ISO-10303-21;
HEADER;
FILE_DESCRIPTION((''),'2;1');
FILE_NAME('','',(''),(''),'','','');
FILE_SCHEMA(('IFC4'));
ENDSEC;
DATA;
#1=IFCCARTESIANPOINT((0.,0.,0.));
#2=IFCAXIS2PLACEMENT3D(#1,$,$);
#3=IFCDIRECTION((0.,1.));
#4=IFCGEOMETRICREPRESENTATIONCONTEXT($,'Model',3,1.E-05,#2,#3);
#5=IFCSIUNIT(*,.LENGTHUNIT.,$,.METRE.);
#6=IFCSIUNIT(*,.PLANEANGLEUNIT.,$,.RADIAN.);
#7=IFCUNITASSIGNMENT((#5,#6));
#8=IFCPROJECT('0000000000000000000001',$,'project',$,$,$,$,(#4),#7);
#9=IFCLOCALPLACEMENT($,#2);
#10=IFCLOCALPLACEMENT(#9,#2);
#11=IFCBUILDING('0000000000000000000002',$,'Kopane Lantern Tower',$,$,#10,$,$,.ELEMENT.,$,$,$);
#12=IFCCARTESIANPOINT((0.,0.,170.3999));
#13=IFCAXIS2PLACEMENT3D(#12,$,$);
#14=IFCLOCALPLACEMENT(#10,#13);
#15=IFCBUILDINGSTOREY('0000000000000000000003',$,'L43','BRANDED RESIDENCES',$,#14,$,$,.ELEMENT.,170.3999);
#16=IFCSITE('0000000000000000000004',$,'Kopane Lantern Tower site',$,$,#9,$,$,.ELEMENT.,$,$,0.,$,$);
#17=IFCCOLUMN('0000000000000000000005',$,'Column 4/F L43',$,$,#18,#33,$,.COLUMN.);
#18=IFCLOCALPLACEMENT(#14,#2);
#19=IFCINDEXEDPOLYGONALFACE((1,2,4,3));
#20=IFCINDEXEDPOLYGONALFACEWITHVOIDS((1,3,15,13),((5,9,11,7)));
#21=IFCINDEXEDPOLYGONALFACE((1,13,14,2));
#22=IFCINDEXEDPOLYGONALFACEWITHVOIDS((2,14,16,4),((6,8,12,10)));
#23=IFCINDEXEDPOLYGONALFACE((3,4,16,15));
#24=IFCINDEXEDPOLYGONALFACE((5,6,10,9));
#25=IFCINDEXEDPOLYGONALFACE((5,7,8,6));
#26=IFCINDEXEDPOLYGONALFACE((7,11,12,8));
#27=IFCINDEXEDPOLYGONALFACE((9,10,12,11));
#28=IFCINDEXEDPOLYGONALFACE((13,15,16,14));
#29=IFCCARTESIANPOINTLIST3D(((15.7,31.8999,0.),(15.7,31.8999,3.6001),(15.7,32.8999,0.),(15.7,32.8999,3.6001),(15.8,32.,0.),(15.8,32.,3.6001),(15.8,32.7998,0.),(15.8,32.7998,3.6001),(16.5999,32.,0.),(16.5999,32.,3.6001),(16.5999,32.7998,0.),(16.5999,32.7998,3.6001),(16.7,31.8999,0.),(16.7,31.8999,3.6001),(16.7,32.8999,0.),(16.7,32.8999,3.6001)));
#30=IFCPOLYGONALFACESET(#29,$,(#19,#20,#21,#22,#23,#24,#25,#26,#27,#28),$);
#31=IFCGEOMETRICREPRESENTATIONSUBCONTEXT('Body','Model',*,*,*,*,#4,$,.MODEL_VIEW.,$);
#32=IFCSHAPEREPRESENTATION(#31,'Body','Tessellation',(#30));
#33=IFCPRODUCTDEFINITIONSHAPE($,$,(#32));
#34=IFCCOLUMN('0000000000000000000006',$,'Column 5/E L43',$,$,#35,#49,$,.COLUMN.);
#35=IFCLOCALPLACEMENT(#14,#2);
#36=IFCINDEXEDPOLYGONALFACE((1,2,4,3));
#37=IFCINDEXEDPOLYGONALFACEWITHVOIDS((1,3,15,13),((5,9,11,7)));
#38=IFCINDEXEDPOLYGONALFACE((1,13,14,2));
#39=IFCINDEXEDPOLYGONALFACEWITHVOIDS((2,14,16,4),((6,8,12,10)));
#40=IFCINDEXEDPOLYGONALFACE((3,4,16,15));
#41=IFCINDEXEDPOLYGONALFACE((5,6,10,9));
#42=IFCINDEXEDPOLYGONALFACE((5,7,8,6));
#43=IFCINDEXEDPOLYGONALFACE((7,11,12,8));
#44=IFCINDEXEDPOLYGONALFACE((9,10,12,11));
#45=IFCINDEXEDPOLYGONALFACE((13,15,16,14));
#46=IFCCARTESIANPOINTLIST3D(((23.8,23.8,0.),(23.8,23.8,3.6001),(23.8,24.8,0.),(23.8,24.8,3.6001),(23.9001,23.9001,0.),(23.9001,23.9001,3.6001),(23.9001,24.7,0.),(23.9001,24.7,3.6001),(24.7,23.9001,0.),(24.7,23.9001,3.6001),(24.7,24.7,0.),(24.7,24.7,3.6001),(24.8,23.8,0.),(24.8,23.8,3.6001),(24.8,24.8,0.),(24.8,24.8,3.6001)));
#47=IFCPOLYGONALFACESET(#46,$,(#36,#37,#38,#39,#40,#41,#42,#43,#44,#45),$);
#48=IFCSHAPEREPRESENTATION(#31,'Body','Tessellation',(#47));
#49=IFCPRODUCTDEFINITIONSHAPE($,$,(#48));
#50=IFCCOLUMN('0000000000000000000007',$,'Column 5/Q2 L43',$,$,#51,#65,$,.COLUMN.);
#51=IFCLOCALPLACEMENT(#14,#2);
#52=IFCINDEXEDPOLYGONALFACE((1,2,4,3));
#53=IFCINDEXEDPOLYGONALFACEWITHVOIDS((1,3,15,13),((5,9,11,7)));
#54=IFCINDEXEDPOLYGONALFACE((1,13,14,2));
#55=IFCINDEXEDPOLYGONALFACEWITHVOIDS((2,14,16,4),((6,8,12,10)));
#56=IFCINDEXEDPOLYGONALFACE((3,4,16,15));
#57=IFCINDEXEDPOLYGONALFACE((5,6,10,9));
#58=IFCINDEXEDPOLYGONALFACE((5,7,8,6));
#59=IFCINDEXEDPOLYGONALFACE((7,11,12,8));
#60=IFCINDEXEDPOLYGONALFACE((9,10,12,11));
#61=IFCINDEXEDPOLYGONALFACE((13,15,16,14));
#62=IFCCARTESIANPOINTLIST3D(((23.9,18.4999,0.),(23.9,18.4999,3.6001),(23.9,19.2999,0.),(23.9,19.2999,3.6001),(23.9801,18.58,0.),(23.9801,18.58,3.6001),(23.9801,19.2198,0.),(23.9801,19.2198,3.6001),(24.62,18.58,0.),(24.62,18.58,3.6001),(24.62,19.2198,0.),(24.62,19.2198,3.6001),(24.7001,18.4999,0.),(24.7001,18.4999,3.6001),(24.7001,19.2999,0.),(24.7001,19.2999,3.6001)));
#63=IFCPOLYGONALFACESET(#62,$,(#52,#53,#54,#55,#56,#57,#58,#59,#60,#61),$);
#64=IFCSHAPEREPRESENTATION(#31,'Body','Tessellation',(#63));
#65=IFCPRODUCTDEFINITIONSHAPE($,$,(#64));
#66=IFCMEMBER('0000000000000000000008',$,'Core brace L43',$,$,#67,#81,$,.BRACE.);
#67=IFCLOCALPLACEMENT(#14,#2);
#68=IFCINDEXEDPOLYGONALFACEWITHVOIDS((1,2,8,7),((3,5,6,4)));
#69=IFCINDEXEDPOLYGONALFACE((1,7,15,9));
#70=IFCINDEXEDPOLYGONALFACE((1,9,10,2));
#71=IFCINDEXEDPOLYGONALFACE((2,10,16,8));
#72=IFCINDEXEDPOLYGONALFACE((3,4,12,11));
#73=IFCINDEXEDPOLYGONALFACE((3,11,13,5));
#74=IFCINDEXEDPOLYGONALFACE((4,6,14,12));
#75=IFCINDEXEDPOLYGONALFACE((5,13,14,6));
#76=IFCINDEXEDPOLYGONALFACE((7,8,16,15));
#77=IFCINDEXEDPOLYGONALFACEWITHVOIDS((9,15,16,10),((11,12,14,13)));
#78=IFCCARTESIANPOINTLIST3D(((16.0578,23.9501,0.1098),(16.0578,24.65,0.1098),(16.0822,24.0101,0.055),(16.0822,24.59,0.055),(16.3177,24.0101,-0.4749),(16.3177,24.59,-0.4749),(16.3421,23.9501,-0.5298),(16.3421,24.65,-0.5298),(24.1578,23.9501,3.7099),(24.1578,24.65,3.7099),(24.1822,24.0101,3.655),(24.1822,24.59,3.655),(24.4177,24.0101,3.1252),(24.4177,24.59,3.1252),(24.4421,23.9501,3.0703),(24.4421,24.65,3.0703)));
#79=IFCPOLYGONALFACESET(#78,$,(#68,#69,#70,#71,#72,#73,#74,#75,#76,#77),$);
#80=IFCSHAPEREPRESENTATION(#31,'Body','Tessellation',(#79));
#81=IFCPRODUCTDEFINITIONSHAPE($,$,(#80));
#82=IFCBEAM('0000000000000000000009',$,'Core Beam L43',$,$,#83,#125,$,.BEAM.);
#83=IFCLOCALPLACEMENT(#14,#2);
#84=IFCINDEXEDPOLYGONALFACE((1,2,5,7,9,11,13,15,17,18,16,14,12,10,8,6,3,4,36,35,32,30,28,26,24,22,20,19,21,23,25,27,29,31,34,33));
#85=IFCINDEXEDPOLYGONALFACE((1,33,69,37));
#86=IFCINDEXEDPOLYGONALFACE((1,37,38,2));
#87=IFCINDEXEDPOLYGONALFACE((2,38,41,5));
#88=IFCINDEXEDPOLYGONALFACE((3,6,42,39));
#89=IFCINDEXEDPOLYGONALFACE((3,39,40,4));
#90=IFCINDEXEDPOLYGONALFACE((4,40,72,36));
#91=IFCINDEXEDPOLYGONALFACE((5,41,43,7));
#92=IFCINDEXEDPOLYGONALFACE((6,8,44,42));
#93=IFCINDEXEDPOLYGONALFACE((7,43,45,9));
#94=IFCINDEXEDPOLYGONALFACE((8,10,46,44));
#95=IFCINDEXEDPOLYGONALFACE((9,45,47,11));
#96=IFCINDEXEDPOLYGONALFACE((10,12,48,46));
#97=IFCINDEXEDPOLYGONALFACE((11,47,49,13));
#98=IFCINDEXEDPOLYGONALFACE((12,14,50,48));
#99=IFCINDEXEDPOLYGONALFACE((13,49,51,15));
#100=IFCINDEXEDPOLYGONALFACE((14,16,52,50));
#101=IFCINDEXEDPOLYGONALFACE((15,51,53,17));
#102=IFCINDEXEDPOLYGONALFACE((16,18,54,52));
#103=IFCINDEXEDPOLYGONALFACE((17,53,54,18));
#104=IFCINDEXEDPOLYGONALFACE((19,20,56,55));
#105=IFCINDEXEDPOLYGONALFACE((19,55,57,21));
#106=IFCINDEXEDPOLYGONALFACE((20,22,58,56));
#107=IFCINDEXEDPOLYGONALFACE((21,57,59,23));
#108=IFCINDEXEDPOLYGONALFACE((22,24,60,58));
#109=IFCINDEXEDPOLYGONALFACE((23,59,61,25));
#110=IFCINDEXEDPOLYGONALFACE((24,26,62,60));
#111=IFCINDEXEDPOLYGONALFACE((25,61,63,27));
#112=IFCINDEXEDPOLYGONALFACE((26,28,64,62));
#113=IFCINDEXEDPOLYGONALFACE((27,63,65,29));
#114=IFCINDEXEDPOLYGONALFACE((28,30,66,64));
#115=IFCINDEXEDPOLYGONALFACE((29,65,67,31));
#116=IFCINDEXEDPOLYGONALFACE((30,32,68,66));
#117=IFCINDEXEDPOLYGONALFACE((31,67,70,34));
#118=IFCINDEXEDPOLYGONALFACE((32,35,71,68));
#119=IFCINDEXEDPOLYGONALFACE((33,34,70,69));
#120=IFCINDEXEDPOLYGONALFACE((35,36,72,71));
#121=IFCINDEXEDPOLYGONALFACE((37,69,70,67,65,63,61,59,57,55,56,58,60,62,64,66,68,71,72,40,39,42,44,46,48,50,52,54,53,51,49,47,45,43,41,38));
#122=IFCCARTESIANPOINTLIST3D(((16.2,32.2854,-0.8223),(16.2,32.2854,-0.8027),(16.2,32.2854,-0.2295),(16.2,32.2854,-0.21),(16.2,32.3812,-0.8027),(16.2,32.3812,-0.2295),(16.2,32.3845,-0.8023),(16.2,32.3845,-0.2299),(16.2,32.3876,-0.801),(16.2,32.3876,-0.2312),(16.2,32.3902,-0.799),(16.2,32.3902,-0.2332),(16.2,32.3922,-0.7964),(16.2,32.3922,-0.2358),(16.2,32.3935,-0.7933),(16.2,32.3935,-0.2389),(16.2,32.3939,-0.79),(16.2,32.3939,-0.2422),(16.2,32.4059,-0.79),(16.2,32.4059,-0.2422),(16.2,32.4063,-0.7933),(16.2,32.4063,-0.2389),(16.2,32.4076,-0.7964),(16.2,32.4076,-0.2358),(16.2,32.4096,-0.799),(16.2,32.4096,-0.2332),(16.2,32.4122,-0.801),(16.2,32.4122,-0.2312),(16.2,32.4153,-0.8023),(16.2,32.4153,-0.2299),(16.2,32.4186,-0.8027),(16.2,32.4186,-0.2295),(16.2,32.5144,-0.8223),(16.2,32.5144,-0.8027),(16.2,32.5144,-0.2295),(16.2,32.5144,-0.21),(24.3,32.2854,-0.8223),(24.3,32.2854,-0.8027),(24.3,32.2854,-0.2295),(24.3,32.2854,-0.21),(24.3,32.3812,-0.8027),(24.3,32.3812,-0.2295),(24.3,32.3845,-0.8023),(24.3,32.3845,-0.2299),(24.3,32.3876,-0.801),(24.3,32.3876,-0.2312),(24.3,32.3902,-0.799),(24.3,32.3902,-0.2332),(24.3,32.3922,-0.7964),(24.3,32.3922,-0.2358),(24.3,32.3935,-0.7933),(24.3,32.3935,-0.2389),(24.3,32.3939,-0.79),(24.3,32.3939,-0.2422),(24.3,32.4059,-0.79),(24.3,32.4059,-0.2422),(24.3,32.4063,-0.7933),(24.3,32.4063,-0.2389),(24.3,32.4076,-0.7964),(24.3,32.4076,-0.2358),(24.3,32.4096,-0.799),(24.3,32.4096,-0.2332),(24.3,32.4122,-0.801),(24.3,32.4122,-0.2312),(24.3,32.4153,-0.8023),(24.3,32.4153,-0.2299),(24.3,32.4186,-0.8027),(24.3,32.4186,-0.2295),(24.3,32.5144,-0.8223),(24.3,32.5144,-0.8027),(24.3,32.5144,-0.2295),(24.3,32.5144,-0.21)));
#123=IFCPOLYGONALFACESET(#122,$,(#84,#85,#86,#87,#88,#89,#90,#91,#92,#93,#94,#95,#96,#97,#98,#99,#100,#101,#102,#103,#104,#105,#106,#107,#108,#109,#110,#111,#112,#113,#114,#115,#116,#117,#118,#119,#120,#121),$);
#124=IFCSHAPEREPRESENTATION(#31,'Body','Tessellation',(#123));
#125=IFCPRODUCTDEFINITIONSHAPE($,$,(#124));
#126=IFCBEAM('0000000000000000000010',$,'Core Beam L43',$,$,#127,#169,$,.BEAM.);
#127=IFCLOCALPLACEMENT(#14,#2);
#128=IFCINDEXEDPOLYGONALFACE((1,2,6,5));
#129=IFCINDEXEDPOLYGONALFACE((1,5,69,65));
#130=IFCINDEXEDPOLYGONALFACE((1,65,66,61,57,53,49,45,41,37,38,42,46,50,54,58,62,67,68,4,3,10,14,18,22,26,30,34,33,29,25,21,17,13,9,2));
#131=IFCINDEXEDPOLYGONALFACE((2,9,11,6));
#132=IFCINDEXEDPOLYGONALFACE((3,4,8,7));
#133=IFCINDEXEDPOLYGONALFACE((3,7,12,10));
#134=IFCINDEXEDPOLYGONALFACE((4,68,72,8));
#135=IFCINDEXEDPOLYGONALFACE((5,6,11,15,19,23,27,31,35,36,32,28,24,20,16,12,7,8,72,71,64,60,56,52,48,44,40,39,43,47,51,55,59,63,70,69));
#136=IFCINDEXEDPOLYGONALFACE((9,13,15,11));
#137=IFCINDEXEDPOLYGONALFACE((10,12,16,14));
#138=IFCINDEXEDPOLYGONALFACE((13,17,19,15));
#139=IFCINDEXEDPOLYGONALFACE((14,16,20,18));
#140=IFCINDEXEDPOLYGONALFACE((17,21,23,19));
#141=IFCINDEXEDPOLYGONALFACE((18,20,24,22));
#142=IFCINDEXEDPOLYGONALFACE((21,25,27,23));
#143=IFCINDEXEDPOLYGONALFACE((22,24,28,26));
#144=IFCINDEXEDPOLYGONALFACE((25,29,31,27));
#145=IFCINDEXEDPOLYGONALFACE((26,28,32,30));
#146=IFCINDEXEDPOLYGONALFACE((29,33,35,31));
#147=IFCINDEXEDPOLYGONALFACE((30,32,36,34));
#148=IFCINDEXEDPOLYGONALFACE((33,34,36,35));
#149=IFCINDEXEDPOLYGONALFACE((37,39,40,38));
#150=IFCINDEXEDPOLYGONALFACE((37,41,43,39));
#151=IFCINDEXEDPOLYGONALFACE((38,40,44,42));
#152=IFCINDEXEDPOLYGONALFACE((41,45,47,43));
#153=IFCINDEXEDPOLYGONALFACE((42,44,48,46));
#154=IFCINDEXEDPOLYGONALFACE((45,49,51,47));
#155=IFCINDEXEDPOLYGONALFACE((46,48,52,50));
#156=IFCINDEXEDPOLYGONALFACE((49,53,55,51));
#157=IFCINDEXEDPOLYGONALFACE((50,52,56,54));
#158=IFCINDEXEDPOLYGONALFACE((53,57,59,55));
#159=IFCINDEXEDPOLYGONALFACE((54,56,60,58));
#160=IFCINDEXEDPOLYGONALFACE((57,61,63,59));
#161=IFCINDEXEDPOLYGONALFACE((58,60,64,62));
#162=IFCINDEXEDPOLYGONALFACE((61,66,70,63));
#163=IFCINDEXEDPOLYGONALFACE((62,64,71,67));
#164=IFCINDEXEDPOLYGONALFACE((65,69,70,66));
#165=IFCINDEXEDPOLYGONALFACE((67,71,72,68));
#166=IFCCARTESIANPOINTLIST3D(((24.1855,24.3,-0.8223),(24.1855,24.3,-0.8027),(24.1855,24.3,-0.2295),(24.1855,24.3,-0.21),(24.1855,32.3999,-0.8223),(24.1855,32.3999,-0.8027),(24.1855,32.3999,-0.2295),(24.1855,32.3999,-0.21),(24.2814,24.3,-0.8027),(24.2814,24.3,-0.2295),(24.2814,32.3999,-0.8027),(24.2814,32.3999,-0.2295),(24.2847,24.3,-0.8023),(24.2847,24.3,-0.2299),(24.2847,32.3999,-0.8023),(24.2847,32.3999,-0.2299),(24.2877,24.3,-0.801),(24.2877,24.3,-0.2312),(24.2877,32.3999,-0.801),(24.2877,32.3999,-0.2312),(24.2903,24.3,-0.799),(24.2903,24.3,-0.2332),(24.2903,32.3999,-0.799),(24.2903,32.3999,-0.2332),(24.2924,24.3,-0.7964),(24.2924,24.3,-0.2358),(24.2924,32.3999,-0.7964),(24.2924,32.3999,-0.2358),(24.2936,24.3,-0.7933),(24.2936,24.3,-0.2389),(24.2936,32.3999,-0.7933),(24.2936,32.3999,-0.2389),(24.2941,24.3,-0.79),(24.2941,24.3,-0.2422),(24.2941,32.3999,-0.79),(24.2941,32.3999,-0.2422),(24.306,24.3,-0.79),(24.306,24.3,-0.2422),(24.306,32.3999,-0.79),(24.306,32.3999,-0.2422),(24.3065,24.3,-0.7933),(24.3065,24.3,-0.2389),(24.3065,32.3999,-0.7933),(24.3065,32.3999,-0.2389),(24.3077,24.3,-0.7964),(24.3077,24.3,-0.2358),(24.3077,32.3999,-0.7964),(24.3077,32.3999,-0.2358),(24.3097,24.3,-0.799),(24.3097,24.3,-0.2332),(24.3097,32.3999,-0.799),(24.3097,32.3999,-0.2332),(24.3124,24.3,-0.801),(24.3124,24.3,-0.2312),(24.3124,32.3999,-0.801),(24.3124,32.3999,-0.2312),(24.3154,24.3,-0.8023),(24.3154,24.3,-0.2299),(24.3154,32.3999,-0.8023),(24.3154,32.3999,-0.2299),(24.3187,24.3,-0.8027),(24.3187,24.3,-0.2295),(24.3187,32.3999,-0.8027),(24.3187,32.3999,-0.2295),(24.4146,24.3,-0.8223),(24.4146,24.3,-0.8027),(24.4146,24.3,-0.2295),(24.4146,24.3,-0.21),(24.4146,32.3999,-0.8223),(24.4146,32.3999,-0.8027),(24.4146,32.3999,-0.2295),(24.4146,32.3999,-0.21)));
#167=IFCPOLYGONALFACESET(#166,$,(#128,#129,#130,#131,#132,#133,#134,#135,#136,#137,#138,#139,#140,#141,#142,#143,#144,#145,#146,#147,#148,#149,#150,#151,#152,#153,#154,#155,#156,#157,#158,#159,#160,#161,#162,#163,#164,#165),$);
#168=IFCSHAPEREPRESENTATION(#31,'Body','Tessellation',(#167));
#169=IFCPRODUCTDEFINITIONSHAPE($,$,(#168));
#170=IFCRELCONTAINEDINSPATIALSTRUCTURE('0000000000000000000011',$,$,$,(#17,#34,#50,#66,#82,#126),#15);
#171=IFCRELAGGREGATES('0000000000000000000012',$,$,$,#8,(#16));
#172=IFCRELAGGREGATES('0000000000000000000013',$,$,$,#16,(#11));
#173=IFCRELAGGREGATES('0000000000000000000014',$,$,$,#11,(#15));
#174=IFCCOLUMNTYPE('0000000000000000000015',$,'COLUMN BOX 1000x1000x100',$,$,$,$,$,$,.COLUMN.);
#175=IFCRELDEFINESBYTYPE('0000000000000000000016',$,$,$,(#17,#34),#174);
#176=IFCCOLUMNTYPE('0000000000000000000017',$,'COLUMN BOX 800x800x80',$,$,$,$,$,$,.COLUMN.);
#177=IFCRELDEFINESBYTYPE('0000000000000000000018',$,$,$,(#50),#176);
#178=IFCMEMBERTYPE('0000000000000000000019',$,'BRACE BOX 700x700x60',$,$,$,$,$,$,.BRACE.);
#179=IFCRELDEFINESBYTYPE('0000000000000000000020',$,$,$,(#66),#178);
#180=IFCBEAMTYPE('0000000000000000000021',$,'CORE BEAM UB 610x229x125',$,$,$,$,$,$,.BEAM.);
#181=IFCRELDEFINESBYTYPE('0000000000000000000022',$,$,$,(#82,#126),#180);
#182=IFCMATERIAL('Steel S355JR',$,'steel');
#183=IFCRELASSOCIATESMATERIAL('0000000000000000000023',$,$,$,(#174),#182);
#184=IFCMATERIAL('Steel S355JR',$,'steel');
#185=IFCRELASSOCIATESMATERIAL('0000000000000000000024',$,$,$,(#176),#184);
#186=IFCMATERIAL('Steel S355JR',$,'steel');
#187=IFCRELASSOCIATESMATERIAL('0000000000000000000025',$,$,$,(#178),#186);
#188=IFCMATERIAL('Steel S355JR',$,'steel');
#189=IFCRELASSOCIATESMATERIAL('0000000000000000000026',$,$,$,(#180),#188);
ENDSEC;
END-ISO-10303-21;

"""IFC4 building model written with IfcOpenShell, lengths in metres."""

from ifc_helpers import new_model, si_unit, direction, frame, origin, origin_2d, place, context, subcontext, project, spatial, hollow_rectangle, i_section, extrude, material, material_profile, profile_set, type_object, element, save


model = new_model("IFC4")

# Units and contexts
model_context = context("Model", 3, precision=1e-05, world=origin(), true_north=direction((0.0, 1.0)))
body_context = subcontext(model_context, "Body", "Model", "MODEL_VIEW")
ifc_project = project(units=[si_unit("LENGTHUNIT", "METRE"), si_unit("PLANEANGLEUNIT", "RADIAN")], contexts=[model_context])

# Site, building, storey
site_placement = place(None, origin())
site = spatial("IfcSite", under=ifc_project, at=site_placement, Name="Kopane Lantern Tower site", CompositionType="ELEMENT", RefElevation=0.0)
building_placement = place(site_placement, origin())
building = spatial("IfcBuilding", under=site, at=building_placement, Name="Kopane Lantern Tower", CompositionType="ELEMENT")
storey_placement = place(building_placement, frame((0.0, 0.0, 170.3999)))
storey = spatial("IfcBuildingStorey", under=building, at=storey_placement, Name="L43", Description="BRANDED RESIDENCES", CompositionType="ELEMENT", Elevation=170.3999)

# Columns
ifc_material_1 = material(Name="Steel S355JR", Category="steel")
ifc_material_profile_1 = material_profile(ifc_material_1, hollow_rectangle(XDim=1.0, YDim=1.0, WallThickness=0.1001, at=origin_2d()), Name="BOX 1000x1000x100")
ifc_profile_set_1 = profile_set([ifc_material_profile_1], Name="Steel S355JR")
column_type_1 = type_object("IfcColumnType", Name="COLUMN BOX 1000x1000x100", PredefinedType="COLUMN", material=ifc_profile_set_1)
for number, where, z_axis, x_axis, name in (
    (1, (16.2, 32.3999, 0.0), (0.0, 0.0, 1.0), (1.0, 0.0, 0.0), "Column 4/F L43"),
    (2, (24.3, 24.3, 0.0), (0.0, 0.0, 1.0), (1.0, 0.0, 0.0), "Column 5/E L43"),
):
    element("IfcColumn", number, at=place(storey_placement, frame(where, z_axis=z_axis, x_axis=x_axis)), inside=storey, type_object=column_type_1, Name=name, PredefinedType="COLUMN", context=body_context, shape_type="SweptSolid", body=[
        extrude(hollow_rectangle(XDim=1.0, YDim=1.0, WallThickness=0.1001, at=origin_2d()), origin(), (0.0, 0.0, 1.0), 3.6001),
    ])
ifc_material_2 = material(Name="Steel S355JR", Category="steel")
ifc_material_profile_2 = material_profile(ifc_material_2, hollow_rectangle(XDim=0.8, YDim=0.8, WallThickness=0.0801, at=origin_2d()), Name="BOX 800x800x80")
ifc_profile_set_2 = profile_set([ifc_material_profile_2], Name="Steel S355JR")
column_type_2 = type_object("IfcColumnType", Name="COLUMN BOX 800x800x80", PredefinedType="COLUMN", material=ifc_profile_set_2)
column_placement = place(storey_placement, frame((24.3, 18.8999, 0.0), z_axis=(0.0, 0.0, 1.0), x_axis=(1.0, 0.0, 0.0)))
element("IfcColumn", 3, at=column_placement, inside=storey, type_object=column_type_2, Name="Column 5/Q2 L43", PredefinedType="COLUMN", context=body_context, shape_type="SweptSolid", body=[
    extrude(hollow_rectangle(XDim=0.8, YDim=0.8, WallThickness=0.0801, at=origin_2d()), origin(), (0.0, 0.0, 1.0), 3.6001),
])

# Member
ifc_material_3 = material(Name="Steel S355JR", Category="steel")
ifc_material_profile_3 = material_profile(ifc_material_3, hollow_rectangle(XDim=0.7, YDim=0.7, WallThickness=0.0601, at=origin_2d()), Name="BOX 700x700x60")
ifc_profile_set_3 = profile_set([ifc_material_profile_3], Name="Steel S355JR")
member_type = type_object("IfcMemberType", Name="BRACE BOX 700x700x60", PredefinedType="BRACE", material=ifc_profile_set_3)
member_placement = place(storey_placement, frame((16.2, 24.3, -0.21), z_axis=(0.913809, 0.0, 0.406144), x_axis=(0.0, 1.0, 0.0)))
element("IfcMember", 4, at=member_placement, inside=storey, type_object=member_type, Name="Core brace L43", PredefinedType="BRACE", context=body_context, shape_type="SweptSolid", body=[
    extrude(hollow_rectangle(XDim=0.7, YDim=0.7, WallThickness=0.0601, at=origin_2d()), origin(), (0.0, 0.0, 1.0), 8.864),
])

# Beams
ifc_material_4 = material(Name="Steel S355JR", Category="steel")
ifc_material_profile_4 = material_profile(ifc_material_4, i_section(OverallWidth=0.229, OverallDepth=0.6123, WebThickness=0.012, FlangeThickness=0.0195, FilletRadius=0.0127, at=origin_2d()), Name="UB 610x229x125")
ifc_profile_set_4 = profile_set([ifc_material_profile_4], Name="Steel S355JR")
beam_type_1 = type_object("IfcBeamType", Name="CORE BEAM UB 610x229x125", PredefinedType="BEAM", material=ifc_profile_set_4)
beam_1_placement = place(storey_placement, frame((16.2, 32.3999, -0.5161), z_axis=(1.0, 0.0, 0.0), x_axis=(0.0, 1.0, 0.0)))
element("IfcBeam", 5, at=beam_1_placement, inside=storey, type_object=beam_type_1, Name="Core Beam L43", PredefinedType="BEAM", context=body_context, shape_type="SweptSolid", body=[
    extrude(i_section(OverallWidth=0.229, OverallDepth=0.6123, WebThickness=0.012, FlangeThickness=0.0195, FilletRadius=0.0127, at=origin_2d()), origin(), (0.0, 0.0, 1.0), 8.1001),
])
beam_2_placement = place(storey_placement, frame((24.3, 24.3, -0.5161), z_axis=(0.0, 1.0, 0.0), x_axis=(-1.0, 0.0, 0.0)))
element("IfcBeam", 6, at=beam_2_placement, inside=storey, type_object=beam_type_1, Name="Core Beam L43", PredefinedType="BEAM", context=body_context, shape_type="SweptSolid", body=[
    extrude(i_section(OverallWidth=0.229, OverallDepth=0.6123, WebThickness=0.012, FlangeThickness=0.0195, FilletRadius=0.0127, at=origin_2d()), origin(), (0.0, 0.0, 1.0), 8.0999),
])

save(model, "model.ifc")
